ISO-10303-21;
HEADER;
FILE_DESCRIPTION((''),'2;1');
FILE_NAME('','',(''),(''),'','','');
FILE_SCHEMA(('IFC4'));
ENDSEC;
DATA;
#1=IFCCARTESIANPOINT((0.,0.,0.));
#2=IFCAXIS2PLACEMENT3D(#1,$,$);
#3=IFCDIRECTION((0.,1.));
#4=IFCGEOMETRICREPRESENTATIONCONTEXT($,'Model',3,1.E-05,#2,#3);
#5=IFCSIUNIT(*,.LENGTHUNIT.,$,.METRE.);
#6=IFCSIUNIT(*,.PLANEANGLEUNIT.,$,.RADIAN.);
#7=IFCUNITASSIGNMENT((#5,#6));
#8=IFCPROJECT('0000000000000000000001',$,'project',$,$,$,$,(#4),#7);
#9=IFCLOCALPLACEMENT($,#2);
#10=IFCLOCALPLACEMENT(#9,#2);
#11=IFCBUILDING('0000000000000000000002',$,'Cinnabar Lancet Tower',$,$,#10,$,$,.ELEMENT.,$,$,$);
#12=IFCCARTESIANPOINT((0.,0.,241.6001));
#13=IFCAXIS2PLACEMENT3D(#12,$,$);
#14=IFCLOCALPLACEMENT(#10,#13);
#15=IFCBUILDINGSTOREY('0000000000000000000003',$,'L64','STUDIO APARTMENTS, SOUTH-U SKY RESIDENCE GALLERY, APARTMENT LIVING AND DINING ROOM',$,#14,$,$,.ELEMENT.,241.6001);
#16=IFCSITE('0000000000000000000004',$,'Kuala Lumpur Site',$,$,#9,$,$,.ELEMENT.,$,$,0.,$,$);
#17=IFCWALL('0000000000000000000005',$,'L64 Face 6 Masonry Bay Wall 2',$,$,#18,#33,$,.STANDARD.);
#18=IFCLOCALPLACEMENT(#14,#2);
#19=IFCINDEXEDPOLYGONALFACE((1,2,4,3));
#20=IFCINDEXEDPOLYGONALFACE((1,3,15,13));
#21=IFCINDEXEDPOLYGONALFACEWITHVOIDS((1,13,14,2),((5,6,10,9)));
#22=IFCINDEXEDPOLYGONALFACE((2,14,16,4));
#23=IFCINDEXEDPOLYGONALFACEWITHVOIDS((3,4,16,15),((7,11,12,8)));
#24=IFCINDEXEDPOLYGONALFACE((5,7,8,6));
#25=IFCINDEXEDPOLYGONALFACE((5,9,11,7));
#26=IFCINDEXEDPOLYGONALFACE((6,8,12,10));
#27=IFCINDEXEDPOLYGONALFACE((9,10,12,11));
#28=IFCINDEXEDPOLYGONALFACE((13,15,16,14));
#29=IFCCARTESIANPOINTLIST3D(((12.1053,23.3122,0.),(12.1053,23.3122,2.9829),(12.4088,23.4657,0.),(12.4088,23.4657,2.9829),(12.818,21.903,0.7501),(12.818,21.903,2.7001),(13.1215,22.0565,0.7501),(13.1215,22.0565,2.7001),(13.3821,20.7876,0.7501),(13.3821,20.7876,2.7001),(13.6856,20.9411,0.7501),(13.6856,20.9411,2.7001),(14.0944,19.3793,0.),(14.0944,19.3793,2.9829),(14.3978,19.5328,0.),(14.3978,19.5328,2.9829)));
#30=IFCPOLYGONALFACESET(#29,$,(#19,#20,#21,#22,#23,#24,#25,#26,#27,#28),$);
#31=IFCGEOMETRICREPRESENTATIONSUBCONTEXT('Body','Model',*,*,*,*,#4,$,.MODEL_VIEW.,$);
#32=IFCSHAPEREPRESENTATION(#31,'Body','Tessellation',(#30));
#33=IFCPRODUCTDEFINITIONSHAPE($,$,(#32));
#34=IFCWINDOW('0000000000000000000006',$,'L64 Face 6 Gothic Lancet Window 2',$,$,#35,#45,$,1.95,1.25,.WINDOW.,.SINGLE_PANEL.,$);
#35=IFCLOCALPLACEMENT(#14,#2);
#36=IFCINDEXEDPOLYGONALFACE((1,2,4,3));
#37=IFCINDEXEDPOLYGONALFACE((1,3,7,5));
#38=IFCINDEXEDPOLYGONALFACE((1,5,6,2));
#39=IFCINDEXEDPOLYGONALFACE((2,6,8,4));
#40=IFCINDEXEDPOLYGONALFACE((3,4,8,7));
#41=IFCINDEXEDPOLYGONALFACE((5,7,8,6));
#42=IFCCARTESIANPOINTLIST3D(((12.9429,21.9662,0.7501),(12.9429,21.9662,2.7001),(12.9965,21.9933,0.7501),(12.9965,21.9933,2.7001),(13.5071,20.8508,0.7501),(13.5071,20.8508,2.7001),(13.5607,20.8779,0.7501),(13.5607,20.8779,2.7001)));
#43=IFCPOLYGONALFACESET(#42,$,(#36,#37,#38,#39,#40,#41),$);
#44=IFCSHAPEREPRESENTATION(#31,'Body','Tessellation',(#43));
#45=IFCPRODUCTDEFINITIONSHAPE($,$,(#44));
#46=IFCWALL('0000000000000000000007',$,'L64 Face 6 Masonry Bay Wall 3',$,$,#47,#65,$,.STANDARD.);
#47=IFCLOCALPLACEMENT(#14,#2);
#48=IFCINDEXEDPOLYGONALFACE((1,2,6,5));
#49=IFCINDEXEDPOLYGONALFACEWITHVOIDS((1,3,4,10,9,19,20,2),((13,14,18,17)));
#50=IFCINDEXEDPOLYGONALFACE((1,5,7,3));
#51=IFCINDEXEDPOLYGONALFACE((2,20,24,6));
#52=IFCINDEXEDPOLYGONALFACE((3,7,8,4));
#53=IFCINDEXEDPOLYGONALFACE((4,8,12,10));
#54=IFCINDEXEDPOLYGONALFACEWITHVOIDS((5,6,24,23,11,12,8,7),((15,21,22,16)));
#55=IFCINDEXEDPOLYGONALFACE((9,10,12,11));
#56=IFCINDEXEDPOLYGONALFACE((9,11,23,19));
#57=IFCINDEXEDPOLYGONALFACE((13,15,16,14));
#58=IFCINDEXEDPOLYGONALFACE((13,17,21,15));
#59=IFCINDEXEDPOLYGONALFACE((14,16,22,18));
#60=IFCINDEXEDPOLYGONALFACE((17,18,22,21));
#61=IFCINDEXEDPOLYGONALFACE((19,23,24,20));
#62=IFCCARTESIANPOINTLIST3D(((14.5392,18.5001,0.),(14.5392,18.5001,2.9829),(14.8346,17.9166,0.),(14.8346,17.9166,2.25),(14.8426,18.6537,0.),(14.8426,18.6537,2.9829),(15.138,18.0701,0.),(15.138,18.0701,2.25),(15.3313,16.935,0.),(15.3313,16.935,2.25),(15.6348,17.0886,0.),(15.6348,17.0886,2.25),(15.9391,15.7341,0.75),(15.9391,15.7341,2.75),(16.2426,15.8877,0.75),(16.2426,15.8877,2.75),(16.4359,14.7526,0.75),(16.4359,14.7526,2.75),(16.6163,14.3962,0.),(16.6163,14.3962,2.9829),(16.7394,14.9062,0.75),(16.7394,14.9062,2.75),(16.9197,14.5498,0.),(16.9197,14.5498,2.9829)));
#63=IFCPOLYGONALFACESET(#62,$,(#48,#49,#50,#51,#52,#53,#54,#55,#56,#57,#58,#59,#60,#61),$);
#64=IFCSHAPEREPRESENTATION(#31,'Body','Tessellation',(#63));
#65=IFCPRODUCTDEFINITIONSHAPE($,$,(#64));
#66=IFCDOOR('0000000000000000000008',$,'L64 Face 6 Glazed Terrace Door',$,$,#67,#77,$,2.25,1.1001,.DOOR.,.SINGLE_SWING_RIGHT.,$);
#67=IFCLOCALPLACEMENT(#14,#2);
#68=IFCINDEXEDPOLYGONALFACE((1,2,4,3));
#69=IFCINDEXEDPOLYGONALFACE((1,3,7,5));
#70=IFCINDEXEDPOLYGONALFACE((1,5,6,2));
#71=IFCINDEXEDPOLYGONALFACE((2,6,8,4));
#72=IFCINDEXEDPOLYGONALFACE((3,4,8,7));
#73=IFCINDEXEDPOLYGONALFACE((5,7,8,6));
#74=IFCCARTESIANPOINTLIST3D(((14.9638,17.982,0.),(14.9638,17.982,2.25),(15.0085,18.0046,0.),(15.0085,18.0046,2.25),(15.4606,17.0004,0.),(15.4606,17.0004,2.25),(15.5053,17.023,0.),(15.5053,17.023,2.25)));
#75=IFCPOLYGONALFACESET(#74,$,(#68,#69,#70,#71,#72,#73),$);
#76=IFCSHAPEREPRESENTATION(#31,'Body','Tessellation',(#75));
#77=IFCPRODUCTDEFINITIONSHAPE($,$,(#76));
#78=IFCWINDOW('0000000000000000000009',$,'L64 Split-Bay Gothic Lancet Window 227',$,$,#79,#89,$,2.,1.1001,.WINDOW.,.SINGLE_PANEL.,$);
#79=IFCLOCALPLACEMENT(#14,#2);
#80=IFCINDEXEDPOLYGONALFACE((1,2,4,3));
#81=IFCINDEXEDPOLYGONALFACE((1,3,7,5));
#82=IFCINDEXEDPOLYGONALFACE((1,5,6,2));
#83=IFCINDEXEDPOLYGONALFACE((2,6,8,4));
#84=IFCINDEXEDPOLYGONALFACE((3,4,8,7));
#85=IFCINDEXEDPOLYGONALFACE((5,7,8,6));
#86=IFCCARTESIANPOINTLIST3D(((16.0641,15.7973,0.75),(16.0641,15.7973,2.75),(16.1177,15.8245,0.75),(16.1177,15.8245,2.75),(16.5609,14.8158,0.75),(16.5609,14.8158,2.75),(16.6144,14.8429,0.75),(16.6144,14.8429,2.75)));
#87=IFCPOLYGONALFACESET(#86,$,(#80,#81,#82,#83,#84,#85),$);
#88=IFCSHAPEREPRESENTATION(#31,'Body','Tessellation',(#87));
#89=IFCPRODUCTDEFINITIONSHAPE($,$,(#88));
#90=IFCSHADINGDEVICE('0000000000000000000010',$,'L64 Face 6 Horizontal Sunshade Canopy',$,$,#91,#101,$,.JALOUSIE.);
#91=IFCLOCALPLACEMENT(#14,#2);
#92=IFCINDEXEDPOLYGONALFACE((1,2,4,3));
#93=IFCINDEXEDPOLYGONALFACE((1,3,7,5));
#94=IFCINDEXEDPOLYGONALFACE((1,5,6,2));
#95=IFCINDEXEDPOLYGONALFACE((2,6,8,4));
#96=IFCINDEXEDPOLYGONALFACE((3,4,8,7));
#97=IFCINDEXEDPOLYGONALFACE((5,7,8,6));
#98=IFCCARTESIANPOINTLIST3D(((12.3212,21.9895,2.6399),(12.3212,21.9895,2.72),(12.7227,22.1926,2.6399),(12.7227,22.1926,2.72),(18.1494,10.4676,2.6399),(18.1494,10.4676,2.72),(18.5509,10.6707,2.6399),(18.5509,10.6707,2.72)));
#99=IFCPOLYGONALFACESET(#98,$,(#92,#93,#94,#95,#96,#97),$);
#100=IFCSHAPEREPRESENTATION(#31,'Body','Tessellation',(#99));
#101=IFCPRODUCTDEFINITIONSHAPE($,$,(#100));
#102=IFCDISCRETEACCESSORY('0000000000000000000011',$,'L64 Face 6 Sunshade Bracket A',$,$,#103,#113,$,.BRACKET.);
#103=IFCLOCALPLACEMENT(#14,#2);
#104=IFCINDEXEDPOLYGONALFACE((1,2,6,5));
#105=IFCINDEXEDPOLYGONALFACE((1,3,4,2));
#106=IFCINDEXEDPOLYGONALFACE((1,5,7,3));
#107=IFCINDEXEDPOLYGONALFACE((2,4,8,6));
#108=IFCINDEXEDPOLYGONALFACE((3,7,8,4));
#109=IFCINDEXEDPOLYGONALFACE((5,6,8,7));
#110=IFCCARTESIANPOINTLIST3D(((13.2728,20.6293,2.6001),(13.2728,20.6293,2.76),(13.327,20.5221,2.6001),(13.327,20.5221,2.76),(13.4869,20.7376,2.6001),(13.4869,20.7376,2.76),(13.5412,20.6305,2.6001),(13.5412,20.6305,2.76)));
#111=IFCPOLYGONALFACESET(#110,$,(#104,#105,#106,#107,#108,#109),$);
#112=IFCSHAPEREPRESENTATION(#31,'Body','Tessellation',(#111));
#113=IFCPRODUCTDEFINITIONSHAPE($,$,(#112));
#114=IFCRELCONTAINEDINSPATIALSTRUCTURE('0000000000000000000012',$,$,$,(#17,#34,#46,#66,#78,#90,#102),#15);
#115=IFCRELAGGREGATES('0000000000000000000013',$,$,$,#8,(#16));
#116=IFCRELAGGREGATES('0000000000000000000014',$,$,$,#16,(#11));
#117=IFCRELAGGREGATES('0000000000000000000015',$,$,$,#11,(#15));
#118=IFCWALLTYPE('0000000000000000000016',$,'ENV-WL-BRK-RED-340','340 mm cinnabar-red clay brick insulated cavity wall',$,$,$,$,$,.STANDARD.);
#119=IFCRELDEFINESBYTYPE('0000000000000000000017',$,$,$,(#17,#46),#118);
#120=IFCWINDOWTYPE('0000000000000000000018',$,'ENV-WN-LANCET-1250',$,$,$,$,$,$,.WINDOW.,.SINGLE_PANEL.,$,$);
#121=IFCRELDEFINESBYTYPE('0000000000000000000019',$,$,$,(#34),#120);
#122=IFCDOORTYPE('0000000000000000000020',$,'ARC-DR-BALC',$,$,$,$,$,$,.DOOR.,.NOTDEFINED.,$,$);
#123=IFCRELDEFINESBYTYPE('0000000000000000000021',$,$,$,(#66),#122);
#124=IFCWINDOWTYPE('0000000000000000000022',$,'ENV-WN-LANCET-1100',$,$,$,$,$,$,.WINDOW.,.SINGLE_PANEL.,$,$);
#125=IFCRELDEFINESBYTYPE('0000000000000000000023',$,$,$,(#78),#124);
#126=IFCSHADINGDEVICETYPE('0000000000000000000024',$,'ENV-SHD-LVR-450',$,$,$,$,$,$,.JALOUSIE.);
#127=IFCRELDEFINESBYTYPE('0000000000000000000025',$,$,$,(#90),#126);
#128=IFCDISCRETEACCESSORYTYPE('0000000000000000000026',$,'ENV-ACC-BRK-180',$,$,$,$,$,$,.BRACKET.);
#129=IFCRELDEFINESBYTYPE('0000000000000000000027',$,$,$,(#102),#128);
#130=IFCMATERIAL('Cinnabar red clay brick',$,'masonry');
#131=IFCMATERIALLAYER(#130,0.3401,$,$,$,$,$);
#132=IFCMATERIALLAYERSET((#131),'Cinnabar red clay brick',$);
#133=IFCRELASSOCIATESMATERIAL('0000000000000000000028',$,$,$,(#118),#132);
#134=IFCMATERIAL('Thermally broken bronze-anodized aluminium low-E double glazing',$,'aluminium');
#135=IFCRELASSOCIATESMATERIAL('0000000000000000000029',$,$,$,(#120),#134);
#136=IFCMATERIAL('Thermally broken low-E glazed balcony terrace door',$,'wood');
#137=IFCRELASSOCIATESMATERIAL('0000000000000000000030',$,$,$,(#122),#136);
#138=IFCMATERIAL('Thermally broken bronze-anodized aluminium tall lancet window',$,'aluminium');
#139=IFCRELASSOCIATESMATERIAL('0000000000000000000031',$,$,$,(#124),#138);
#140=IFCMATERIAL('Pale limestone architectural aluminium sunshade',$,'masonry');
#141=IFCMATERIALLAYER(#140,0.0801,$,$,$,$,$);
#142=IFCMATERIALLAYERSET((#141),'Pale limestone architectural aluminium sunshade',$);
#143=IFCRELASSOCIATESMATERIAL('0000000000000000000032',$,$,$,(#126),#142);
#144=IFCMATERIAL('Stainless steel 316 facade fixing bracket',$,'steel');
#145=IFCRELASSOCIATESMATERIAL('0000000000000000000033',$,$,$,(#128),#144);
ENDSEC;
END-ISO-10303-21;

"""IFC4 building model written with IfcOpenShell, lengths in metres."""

from ifc_helpers import new_model, si_unit, direction, frame, frame_2d, origin, origin_2d, place, context, subcontext, project, spatial, rectangle, extrude, material, layer, layer_set, type_object, element, fill, save


model = new_model("IFC4")

# Units and contexts
model_context = context("Model", 3, precision=1e-05, world=origin(), true_north=direction((0.0, 1.0)))
body_context = subcontext(model_context, "Body", "Model", "MODEL_VIEW")
ifc_project = project(units=[si_unit("LENGTHUNIT", "METRE"), si_unit("PLANEANGLEUNIT", "RADIAN")], contexts=[model_context])

# Site, building, storey
site_placement = place(None, origin())
site = spatial("IfcSite", under=ifc_project, at=site_placement, Name="Kuala Lumpur Site", CompositionType="ELEMENT", RefElevation=0.0)
building_placement = place(site_placement, origin())
building = spatial("IfcBuilding", under=site, at=building_placement, Name="Cinnabar Lancet Tower", CompositionType="ELEMENT")
storey_placement = place(building_placement, frame((0.0, 0.0, 241.6001)))
storey = spatial("IfcBuildingStorey", under=building, at=storey_placement, Name="L64", Description="STUDIO APARTMENTS, SOUTH-U SKY RESIDENCE GALLERY, APARTMENT LIVING AND DINING ROOM", CompositionType="ELEMENT", Elevation=241.6001)

# Wall, opening, window
ifc_material_1 = material(Name="Cinnabar red clay brick", Category="masonry")
ifc_layer_1 = layer(ifc_material_1, 0.3401)
ifc_layer_set_1 = layer_set([ifc_layer_1], Name="Cinnabar red clay brick")
wall_type_1 = type_object("IfcWallType", Name="ENV-WL-BRK-RED-340", Description="340 mm cinnabar-red clay brick insulated cavity wall", PredefinedType="STANDARD", material=ifc_layer_set_1)
wall_1_placement = place(storey_placement, frame((12.2571, 23.3889, 0.0), z_axis=(0.0, 0.0, 1.0), x_axis=(0.451308, -0.892368, 0.0)))
wall_1 = element("IfcWall", 1, at=wall_1_placement, inside=storey, type_object=wall_type_1, Name="L64 Face 6 Masonry Bay Wall 2", PredefinedType="STANDARD", context=body_context, shape_type="SweptSolid", body=[
    extrude(rectangle(XDim=4.4072, YDim=0.3401, at=frame_2d((2.2036, 0.0))), origin(), (0.0, 0.0, 1.0), 2.9829),
])
opening_1_placement = place(wall_1_placement, frame((1.5791, 0.0, 0.75)))
opening_1 = element("IfcOpeningElement", 2, at=opening_1_placement, cuts=wall_1, PredefinedType="OPENING", context=body_context, shape_type="SweptSolid", body=[
    extrude(rectangle(XDim=1.25, YDim=1.95, at=frame_2d((0.625, 0.9751))), frame((0.0, 0.1799, 0.0), z_axis=(0.0, -1.0, 0.0), x_axis=(1.0, 0.0, 0.0)), (0.0, 0.0, 1.0), 0.3601),
])
ifc_material_2 = material(Name="Thermally broken bronze-anodized aluminium low-E double glazing", Category="aluminium")
window_type_1 = type_object("IfcWindowType", Name="ENV-WN-LANCET-1250", PartitioningType="SINGLE_PANEL", PredefinedType="WINDOW", material=ifc_material_2)
window_1_placement = place(opening_1_placement, origin())
window_1 = element("IfcWindow", 3, at=window_1_placement, inside=storey, type_object=window_type_1, Name="L64 Face 6 Gothic Lancet Window 2", OverallHeight=1.95, OverallWidth=1.25, PartitioningType="SINGLE_PANEL", PredefinedType="WINDOW", context=body_context, shape_type="SweptSolid", body=[
    extrude(rectangle(XDim=1.25, YDim=1.95, at=frame_2d((0.625, 0.9751))), frame((0.0, 0.03, 0.0), z_axis=(0.0, -1.0, 0.0), x_axis=(1.0, 0.0, 0.0)), (0.0, 0.0, 1.0), 0.0601),
])
fill(opening_1, window_1)

# Wall, openings, door, window
wall_2_placement = place(storey_placement, frame((14.6909, 18.5769, 0.0), z_axis=(0.0, 0.0, 1.0), x_axis=(0.451582, -0.89223, 0.0)))
wall_2 = element("IfcWall", 4, at=wall_2_placement, inside=storey, type_object=wall_type_1, Name="L64 Face 6 Masonry Bay Wall 3", PredefinedType="STANDARD", context=body_context, shape_type="SweptSolid", body=[
    extrude(rectangle(XDim=4.5996, YDim=0.3401, at=frame_2d((2.2998, 0.0))), origin(), (0.0, 0.0, 1.0), 2.9829),
])
opening_2_placement = place(wall_2_placement, frame((0.6541, 0.0, 0.0)))
opening_2 = element("IfcOpeningElement", 5, at=opening_2_placement, cuts=wall_2, PredefinedType="OPENING", context=body_context, shape_type="SweptSolid", body=[
    extrude(rectangle(XDim=1.1001, YDim=2.25, at=frame_2d((0.55, 1.125))), frame((0.0, 0.1799, 0.0), z_axis=(0.0, -1.0, 0.0), x_axis=(1.0, 0.0, 0.0)), (0.0, 0.0, 1.0), 0.3601),
])
opening_3_placement = place(wall_2_placement, frame((3.1001, 0.0, 0.75)))
opening_3 = element("IfcOpeningElement", 6, at=opening_3_placement, cuts=wall_2, PredefinedType="OPENING", context=body_context, shape_type="SweptSolid", body=[
    extrude(rectangle(XDim=1.1001, YDim=2.0, at=frame_2d((0.55, 1.0))), frame((0.0, 0.1799, 0.0), z_axis=(0.0, -1.0, 0.0), x_axis=(1.0, 0.0, 0.0)), (0.0, 0.0, 1.0), 0.3601),
])
ifc_material_3 = material(Name="Thermally broken low-E glazed balcony terrace door", Category="wood")
door_type_1 = type_object("IfcDoorType", Name="ARC-DR-BALC", OperationType="NOTDEFINED", PredefinedType="DOOR", material=ifc_material_3)
door_1_placement = place(opening_2_placement, origin())
door_1 = element("IfcDoor", 7, at=door_1_placement, inside=storey, type_object=door_type_1, Name="L64 Face 6 Glazed Terrace Door", OperationType="SINGLE_SWING_RIGHT", OverallHeight=2.25, OverallWidth=1.1001, PredefinedType="DOOR", context=body_context, shape_type="SweptSolid", body=[
    extrude(rectangle(XDim=1.1001, YDim=2.25, at=frame_2d((0.55, 1.125))), frame((0.0, 0.0249, 0.0), z_axis=(0.0, -1.0, 0.0), x_axis=(1.0, 0.0, 0.0)), (0.0, 0.0, 1.0), 0.05),
])
fill(opening_2, door_1)
ifc_material_4 = material(Name="Thermally broken bronze-anodized aluminium tall lancet window", Category="aluminium")
window_type_2 = type_object("IfcWindowType", Name="ENV-WN-LANCET-1100", PartitioningType="SINGLE_PANEL", PredefinedType="WINDOW", material=ifc_material_4)
window_2_placement = place(opening_3_placement, origin())
window_2 = element("IfcWindow", 8, at=window_2_placement, inside=storey, type_object=window_type_2, Name="L64 Split-Bay Gothic Lancet Window 227", OverallHeight=2.0, OverallWidth=1.1001, PartitioningType="SINGLE_PANEL", PredefinedType="WINDOW", context=body_context, shape_type="SweptSolid", body=[
    extrude(rectangle(XDim=1.1001, YDim=2.0, at=frame_2d((0.55, 1.0))), frame((0.0, 0.03, 0.0), z_axis=(0.0, -1.0, 0.0), x_axis=(1.0, 0.0, 0.0)), (0.0, 0.0, 1.0), 0.0601),
])
fill(opening_3, window_2)

# Shading device
ifc_material_5 = material(Name="Pale limestone architectural aluminium sunshade", Category="masonry")
ifc_layer_2 = layer(ifc_material_5, 0.0801)
ifc_layer_set_2 = layer_set([ifc_layer_2], Name="Pale limestone architectural aluminium sunshade")
shading_device_type = type_object("IfcShadingDeviceType", Name="ENV-SHD-LVR-450", PredefinedType="JALOUSIE", material=ifc_layer_set_2)
shading_device_placement = place(storey_placement, frame((15.436, 16.3301, 2.6399), z_axis=(0.0, 0.0, 1.0), x_axis=(0.451376, -0.892334, 0.0)))
element("IfcShadingDevice", 9, at=shading_device_placement, inside=storey, type_object=shading_device_type, Name="L64 Face 6 Horizontal Sunshade Canopy", PredefinedType="JALOUSIE", context=body_context, shape_type="SweptSolid", body=[
    extrude(rectangle(XDim=12.9121, YDim=0.45, at=origin_2d()), origin(), (0.0, 0.0, 1.0), 0.0801),
])

# Discrete accessory
ifc_material_6 = material(Name="Stainless steel 316 facade fixing bracket", Category="steel")
discrete_accessory_type = type_object("IfcDiscreteAccessoryType", Name="ENV-ACC-BRK-180", PredefinedType="BRACKET", material=ifc_material_6)
discrete_accessory_placement = place(storey_placement, frame((13.407, 20.6299, 2.6001), z_axis=(0.0, 0.0, 1.0), x_axis=(0.451376, -0.892334, 0.0)))
element("IfcDiscreteAccessory", 10, at=discrete_accessory_placement, inside=storey, type_object=discrete_accessory_type, Name="L64 Face 6 Sunshade Bracket A", PredefinedType="BRACKET", context=body_context, shape_type="SweptSolid", body=[
    extrude(rectangle(XDim=0.1201, YDim=0.24, at=origin_2d()), origin(), (0.0, 0.0, 1.0), 0.1599),
])

save(model, "model.ifc")
